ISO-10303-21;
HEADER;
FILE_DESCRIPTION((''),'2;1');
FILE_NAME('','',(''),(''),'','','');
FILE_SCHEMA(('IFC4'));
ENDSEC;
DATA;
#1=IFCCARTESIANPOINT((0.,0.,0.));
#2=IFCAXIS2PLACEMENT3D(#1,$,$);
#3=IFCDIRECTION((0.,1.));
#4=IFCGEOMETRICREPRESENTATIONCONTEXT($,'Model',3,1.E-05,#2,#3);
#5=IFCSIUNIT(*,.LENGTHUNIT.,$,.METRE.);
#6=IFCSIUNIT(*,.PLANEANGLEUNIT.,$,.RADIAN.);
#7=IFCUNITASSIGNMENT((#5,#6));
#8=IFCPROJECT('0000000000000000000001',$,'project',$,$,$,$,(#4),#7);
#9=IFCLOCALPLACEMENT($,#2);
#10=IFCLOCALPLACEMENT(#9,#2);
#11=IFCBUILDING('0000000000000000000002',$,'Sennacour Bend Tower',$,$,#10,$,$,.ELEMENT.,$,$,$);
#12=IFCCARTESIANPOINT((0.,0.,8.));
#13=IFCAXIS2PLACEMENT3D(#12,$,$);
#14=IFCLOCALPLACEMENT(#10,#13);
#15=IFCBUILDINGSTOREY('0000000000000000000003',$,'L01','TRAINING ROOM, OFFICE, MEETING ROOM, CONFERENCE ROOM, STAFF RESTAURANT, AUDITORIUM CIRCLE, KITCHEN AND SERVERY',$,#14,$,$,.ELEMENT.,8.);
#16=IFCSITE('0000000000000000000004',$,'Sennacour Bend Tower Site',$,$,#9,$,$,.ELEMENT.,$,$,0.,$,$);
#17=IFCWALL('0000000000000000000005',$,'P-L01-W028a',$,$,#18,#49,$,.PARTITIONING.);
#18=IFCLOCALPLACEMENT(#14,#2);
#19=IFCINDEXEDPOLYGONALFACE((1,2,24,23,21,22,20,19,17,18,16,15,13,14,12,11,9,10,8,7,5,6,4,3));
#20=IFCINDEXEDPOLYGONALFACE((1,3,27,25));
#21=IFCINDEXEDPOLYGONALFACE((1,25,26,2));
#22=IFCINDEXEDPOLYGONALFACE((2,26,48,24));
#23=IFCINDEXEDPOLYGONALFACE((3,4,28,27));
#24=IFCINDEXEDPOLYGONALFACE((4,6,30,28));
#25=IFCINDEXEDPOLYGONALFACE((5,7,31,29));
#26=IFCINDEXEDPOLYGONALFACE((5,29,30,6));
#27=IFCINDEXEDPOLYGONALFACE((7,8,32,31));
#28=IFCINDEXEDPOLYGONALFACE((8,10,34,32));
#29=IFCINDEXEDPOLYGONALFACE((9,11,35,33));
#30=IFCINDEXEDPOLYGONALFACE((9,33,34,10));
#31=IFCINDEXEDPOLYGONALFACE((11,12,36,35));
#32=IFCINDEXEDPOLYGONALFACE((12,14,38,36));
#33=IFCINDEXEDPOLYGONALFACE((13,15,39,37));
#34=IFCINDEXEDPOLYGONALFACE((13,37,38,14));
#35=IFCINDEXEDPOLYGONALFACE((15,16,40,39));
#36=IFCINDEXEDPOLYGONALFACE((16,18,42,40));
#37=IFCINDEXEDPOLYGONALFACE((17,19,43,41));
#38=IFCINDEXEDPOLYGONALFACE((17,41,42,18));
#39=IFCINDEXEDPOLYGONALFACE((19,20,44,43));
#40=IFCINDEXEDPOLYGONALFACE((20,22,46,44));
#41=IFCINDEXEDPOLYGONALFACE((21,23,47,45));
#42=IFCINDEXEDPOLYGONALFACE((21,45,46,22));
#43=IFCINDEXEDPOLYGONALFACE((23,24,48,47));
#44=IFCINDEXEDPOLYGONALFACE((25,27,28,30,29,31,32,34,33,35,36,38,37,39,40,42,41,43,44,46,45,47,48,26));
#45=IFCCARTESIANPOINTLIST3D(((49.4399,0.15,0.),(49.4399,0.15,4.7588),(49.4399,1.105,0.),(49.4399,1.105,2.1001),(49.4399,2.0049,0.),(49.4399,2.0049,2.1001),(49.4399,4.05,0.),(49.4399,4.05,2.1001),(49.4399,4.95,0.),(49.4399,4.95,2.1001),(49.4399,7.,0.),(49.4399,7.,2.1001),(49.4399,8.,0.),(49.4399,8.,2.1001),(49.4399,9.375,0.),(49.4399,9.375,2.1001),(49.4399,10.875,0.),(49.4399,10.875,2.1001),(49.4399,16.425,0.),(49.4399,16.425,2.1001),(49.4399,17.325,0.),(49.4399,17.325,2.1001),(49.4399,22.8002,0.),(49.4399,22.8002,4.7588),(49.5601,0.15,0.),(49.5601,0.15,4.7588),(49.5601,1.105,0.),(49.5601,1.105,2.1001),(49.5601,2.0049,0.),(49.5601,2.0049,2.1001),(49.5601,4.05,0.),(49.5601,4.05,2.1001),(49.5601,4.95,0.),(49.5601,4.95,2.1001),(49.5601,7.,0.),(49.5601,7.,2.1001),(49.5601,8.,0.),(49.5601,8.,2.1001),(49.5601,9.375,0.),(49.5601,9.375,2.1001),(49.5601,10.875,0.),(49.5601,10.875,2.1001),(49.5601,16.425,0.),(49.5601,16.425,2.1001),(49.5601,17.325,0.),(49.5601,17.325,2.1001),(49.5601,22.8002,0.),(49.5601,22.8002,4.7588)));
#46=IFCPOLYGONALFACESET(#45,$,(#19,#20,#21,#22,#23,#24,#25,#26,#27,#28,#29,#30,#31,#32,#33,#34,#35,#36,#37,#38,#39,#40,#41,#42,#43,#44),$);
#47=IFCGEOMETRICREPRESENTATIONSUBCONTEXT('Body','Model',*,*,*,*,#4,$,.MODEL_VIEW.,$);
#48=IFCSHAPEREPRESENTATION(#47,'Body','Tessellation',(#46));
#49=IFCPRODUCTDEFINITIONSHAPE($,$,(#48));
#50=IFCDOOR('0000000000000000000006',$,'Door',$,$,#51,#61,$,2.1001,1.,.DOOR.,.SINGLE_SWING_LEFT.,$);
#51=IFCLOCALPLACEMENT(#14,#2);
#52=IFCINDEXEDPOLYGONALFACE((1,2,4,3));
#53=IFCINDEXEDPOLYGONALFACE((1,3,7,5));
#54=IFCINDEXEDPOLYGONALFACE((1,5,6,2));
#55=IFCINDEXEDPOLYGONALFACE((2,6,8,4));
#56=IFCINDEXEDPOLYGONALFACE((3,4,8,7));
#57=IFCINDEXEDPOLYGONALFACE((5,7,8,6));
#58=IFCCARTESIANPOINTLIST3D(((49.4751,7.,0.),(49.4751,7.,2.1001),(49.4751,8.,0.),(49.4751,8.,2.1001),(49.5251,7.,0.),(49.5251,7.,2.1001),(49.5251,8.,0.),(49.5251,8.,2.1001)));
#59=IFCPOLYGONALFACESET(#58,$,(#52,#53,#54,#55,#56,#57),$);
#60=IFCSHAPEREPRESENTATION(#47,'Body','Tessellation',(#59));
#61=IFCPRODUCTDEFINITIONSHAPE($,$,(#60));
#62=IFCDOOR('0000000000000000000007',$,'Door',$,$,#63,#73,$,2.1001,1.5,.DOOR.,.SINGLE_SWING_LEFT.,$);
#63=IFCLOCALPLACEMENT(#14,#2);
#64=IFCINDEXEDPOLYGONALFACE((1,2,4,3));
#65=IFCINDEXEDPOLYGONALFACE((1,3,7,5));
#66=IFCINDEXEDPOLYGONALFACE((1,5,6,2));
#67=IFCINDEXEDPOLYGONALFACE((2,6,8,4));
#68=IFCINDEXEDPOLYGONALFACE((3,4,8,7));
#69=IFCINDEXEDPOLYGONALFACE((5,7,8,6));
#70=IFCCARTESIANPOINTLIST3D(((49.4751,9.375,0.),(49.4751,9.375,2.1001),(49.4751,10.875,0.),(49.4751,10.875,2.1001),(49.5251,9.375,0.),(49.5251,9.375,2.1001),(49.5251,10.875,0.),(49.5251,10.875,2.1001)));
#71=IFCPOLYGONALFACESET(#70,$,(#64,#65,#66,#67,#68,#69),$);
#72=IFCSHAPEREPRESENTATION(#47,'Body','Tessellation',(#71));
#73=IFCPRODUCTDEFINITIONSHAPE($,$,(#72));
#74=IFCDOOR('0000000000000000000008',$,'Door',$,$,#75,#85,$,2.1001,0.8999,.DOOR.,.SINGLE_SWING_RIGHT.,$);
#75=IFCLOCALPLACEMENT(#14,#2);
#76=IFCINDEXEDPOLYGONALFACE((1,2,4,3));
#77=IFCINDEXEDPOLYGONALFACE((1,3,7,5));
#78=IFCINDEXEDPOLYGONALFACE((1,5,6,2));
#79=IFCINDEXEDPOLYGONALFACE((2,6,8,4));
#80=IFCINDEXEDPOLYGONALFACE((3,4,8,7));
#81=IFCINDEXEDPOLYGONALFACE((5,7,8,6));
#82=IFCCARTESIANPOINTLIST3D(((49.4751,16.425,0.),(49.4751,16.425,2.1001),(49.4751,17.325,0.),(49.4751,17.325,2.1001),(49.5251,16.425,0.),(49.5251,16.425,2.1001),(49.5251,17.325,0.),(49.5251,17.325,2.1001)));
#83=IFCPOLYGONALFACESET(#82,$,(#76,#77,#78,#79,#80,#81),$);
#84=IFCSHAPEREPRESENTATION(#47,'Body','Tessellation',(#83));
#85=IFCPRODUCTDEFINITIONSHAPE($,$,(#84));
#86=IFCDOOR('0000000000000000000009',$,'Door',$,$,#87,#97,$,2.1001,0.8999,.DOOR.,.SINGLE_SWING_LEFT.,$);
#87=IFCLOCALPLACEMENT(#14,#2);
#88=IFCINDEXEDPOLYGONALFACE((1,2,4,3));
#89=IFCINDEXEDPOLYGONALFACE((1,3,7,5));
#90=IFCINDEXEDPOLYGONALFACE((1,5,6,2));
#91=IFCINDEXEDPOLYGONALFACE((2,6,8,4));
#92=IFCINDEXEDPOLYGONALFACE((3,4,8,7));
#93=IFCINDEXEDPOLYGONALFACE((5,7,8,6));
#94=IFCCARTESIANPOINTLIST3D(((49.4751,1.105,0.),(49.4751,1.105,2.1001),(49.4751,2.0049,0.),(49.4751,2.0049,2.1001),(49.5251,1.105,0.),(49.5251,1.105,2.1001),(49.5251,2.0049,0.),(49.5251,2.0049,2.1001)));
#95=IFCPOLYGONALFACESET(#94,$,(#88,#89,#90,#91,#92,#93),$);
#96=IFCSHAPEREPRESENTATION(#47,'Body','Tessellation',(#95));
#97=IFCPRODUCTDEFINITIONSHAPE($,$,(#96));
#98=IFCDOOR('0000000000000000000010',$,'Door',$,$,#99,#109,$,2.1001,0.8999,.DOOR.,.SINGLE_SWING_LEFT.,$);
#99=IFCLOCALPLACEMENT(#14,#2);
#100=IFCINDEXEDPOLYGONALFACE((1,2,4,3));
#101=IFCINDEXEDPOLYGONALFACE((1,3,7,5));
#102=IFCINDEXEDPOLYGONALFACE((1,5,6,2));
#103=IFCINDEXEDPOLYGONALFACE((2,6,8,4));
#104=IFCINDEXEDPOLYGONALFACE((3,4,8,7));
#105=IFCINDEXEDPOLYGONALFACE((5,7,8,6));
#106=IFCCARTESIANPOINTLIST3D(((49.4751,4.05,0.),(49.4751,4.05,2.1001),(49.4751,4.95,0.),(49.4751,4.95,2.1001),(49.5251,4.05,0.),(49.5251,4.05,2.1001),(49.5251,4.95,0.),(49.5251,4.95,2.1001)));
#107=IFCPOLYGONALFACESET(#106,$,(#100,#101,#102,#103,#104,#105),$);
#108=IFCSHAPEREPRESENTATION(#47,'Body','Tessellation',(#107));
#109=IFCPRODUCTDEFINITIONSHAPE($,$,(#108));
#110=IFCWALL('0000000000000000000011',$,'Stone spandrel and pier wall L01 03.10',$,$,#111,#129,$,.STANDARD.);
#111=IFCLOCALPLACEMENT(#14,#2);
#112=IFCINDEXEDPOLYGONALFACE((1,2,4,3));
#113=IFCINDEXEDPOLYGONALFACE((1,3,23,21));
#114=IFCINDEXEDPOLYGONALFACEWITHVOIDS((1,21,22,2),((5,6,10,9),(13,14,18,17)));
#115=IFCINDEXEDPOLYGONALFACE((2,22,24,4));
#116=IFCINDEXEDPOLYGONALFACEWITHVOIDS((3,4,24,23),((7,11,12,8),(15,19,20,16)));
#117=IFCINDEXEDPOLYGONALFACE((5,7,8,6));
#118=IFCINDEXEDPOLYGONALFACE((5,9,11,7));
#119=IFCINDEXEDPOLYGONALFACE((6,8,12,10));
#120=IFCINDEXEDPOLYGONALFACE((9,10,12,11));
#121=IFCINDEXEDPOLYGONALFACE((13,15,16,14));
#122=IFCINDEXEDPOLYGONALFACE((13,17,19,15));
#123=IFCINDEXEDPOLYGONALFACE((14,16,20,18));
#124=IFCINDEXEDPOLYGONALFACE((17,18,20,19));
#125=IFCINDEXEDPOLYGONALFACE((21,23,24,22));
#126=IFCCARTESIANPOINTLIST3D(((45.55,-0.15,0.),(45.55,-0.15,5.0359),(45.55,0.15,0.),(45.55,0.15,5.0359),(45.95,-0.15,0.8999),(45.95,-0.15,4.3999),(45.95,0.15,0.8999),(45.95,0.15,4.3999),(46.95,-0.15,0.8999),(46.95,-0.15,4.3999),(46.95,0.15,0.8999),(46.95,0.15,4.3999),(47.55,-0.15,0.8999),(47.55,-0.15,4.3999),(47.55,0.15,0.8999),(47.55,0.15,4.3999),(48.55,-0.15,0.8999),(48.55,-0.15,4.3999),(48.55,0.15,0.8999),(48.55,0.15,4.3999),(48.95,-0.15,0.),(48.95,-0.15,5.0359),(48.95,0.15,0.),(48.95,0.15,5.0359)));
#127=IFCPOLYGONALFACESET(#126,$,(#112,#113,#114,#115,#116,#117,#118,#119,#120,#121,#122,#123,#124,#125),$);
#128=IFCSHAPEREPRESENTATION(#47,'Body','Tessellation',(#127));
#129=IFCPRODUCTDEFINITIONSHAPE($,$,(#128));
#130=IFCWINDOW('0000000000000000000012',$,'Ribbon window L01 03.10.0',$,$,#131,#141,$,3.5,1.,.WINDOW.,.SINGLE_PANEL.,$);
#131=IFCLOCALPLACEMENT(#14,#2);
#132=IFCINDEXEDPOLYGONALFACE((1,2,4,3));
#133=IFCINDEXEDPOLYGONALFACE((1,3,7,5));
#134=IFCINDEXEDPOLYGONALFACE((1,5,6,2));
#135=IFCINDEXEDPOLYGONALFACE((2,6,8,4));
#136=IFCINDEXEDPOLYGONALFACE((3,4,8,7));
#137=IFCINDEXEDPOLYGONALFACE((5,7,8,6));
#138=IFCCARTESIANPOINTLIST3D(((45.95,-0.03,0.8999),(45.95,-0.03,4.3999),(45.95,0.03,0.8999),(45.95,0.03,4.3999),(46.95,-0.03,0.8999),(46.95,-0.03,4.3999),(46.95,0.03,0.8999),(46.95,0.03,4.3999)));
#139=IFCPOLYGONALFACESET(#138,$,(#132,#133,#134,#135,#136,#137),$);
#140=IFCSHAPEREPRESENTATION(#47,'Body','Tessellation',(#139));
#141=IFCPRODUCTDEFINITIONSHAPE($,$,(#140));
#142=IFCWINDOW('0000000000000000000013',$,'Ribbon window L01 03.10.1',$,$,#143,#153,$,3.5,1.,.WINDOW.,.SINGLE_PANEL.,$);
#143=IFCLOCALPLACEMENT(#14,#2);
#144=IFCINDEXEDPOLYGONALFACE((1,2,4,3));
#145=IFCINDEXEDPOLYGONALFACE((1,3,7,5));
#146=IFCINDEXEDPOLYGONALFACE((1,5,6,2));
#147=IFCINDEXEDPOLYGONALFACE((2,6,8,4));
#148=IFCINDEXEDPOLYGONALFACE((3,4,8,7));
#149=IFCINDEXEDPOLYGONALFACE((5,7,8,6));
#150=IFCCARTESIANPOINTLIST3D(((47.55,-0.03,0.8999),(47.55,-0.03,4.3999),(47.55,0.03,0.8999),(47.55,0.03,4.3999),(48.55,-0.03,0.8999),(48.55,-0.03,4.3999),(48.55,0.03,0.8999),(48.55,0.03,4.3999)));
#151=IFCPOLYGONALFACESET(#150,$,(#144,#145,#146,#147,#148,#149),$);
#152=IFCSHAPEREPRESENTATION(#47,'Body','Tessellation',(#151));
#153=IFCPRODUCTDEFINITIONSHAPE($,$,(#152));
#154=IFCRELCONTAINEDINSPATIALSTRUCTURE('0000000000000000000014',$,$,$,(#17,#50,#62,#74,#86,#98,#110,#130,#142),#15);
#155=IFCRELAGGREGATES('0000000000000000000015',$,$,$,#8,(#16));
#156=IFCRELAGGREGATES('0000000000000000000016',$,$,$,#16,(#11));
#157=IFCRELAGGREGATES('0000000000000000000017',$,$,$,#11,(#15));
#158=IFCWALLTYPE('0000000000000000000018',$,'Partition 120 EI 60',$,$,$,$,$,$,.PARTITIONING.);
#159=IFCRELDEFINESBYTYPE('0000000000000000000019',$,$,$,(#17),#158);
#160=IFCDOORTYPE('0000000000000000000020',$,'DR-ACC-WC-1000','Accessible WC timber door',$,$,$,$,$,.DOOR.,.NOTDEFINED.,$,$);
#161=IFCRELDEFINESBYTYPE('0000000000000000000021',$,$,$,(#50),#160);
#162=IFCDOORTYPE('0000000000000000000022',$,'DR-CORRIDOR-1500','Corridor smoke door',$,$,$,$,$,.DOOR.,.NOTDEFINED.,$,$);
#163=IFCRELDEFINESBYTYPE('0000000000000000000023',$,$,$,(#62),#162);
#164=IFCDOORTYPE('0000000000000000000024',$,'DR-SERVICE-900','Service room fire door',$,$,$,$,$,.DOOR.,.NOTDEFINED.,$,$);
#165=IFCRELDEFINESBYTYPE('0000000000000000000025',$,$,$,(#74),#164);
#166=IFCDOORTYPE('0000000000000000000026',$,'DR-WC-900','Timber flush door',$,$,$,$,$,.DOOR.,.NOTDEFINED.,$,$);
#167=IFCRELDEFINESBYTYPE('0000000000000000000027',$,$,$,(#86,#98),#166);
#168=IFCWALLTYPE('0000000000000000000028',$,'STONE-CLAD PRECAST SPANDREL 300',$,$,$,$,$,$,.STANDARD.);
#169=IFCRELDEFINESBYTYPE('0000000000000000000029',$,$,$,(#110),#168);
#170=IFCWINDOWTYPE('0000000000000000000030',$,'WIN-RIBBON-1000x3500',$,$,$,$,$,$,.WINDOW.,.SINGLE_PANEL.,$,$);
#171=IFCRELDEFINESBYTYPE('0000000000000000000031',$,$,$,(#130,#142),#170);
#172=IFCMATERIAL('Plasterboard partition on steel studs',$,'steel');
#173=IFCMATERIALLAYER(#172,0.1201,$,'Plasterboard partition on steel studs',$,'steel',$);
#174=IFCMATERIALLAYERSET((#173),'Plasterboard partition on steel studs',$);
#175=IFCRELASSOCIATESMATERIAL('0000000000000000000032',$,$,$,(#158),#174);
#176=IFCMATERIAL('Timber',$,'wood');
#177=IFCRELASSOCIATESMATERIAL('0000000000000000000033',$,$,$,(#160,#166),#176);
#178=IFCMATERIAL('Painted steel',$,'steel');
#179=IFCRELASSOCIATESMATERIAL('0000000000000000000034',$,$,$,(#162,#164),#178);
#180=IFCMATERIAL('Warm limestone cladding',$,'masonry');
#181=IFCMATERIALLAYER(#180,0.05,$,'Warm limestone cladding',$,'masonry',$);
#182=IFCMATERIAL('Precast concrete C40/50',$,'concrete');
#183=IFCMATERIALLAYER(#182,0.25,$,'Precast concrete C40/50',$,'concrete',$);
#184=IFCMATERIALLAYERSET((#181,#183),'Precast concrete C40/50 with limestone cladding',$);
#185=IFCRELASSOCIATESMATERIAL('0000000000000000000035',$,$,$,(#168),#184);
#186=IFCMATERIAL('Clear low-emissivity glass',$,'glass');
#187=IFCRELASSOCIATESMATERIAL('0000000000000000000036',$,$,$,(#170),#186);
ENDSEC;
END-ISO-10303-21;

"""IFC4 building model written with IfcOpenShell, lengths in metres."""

from ifc_helpers import new_model, si_unit, direction, frame, frame_2d, origin, place, context, subcontext, project, spatial, rectangle, extrude, material, layer, layer_set, type_object, element, fill, save


model = new_model("IFC4")

# Units and contexts
model_context = context("Model", 3, precision=1e-05, world=origin(), true_north=direction((0.0, 1.0)))
body_context = subcontext(model_context, "Body", "Model", "MODEL_VIEW")
ifc_project = project(units=[si_unit("LENGTHUNIT", "METRE"), si_unit("PLANEANGLEUNIT", "RADIAN")], contexts=[model_context])

# Site, building, storey
site_placement = place(None, origin())
site = spatial("IfcSite", under=ifc_project, at=site_placement, Name="Sennacour Bend Tower Site", CompositionType="ELEMENT", RefElevation=0.0)
building_placement = place(site_placement, origin())
building = spatial("IfcBuilding", under=site, at=building_placement, Name="Sennacour Bend Tower", CompositionType="ELEMENT")
storey_placement = place(building_placement, frame((0.0, 0.0, 8.0)))
storey = spatial("IfcBuildingStorey", under=building, at=storey_placement, Name="L01", Description="TRAINING ROOM, OFFICE, MEETING ROOM, CONFERENCE ROOM, STAFF RESTAURANT, AUDITORIUM CIRCLE, KITCHEN AND SERVERY", CompositionType="ELEMENT", Elevation=8.0)

# Wall, openings, doors
ifc_material_1 = material(Name="Painted steel", Category="steel")
ifc_material_2 = material(Name="Plasterboard partition on steel studs", Category="steel")
ifc_layer_1 = layer(ifc_material_2, 0.1201, Name="Plasterboard partition on steel studs", Category="steel")
ifc_layer_set_1 = layer_set([ifc_layer_1], Name="Plasterboard partition on steel studs")
wall_type_1 = type_object("IfcWallType", Name="Partition 120 EI 60", PredefinedType="PARTITIONING", material=ifc_layer_set_1)
wall_1_placement = place(storey_placement, frame((49.5, 0.1499, 0.0), z_axis=(0.0, 0.0, 1.0), x_axis=(0.0, 1.0, 0.0)))
wall_1 = element("IfcWall", 1, at=wall_1_placement, inside=storey, type_object=wall_type_1, Name="P-L01-W028a", PredefinedType="PARTITIONING", context=body_context, shape_type="SweptSolid", body=[
    extrude(rectangle(XDim=22.6501, YDim=0.1201, at=frame_2d((11.3252, 0.0))), origin(), (0.0, 0.0, 1.0), 4.7588),
])
opening_1_placement = place(wall_1_placement, frame((0.9551, 0.0, 0.0)))
opening_1 = element("IfcOpeningElement", 2, at=opening_1_placement, cuts=wall_1, PredefinedType="OPENING", context=body_context, shape_type="SweptSolid", body=[
    extrude(rectangle(XDim=0.8999, YDim=2.1001, at=frame_2d((0.45, 1.05))), frame((0.0, 0.0701, 0.0), z_axis=(0.0, -1.0, 0.0), x_axis=(1.0, 0.0, 0.0)), (0.0, 0.0, 1.0), 0.1401),
])
opening_2_placement = place(wall_1_placement, frame((3.9001, 0.0, 0.0)))
opening_2 = element("IfcOpeningElement", 3, at=opening_2_placement, cuts=wall_1, PredefinedType="OPENING", context=body_context, shape_type="SweptSolid", body=[
    extrude(rectangle(XDim=0.8999, YDim=2.1001, at=frame_2d((0.45, 1.05))), frame((0.0, 0.0701, 0.0), z_axis=(0.0, -1.0, 0.0), x_axis=(1.0, 0.0, 0.0)), (0.0, 0.0, 1.0), 0.1401),
])
opening_3_placement = place(wall_1_placement, frame((6.8501, 0.0, 0.0)))
opening_3 = element("IfcOpeningElement", 4, at=opening_3_placement, cuts=wall_1, PredefinedType="OPENING", context=body_context, shape_type="SweptSolid", body=[
    extrude(rectangle(XDim=1.0, YDim=2.1001, at=frame_2d((0.5, 1.05))), frame((0.0, 0.0701, 0.0), z_axis=(0.0, -1.0, 0.0), x_axis=(1.0, 0.0, 0.0)), (0.0, 0.0, 1.0), 0.1401),
])
opening_4_placement = place(wall_1_placement, frame((16.2751, 0.0, 0.0)))
opening_4 = element("IfcOpeningElement", 5, at=opening_4_placement, cuts=wall_1, PredefinedType="OPENING", context=body_context, shape_type="SweptSolid", body=[
    extrude(rectangle(XDim=0.8999, YDim=2.1001, at=frame_2d((0.45, 1.05))), frame((0.0, 0.0701, 0.0), z_axis=(0.0, -1.0, 0.0), x_axis=(1.0, 0.0, 0.0)), (0.0, 0.0, 1.0), 0.1401),
])
opening_5_placement = place(wall_1_placement, frame((9.2251, 0.0, 0.0)))
opening_5 = element("IfcOpeningElement", 6, at=opening_5_placement, cuts=wall_1, PredefinedType="OPENING", context=body_context, shape_type="SweptSolid", body=[
    extrude(rectangle(XDim=1.5, YDim=2.1001, at=frame_2d((0.75, 1.05))), frame((0.0, 0.0701, 0.0), z_axis=(0.0, -1.0, 0.0), x_axis=(1.0, 0.0, 0.0)), (0.0, 0.0, 1.0), 0.1401),
])
ifc_material_3 = material(Name="Timber", Category="wood")
door_type_1 = type_object("IfcDoorType", Name="DR-ACC-WC-1000", Description="Accessible WC timber door", OperationType="NOTDEFINED", PredefinedType="DOOR", material=ifc_material_3)
door_1_placement = place(opening_3_placement, origin())
door_1 = element("IfcDoor", 7, at=door_1_placement, inside=storey, type_object=door_type_1, Name="Door", OperationType="SINGLE_SWING_LEFT", OverallHeight=2.1001, OverallWidth=1.0, PredefinedType="DOOR", context=body_context, shape_type="SweptSolid", body=[
    extrude(rectangle(XDim=1.0, YDim=2.1001, at=frame_2d((0.5, 1.05))), frame((0.0, 0.0249, 0.0), z_axis=(0.0, -1.0, 0.0), x_axis=(1.0, 0.0, 0.0)), (0.0, 0.0, 1.0), 0.05),
])
fill(opening_3, door_1)
door_type_2 = type_object("IfcDoorType", Name="DR-CORRIDOR-1500", Description="Corridor smoke door", OperationType="NOTDEFINED", PredefinedType="DOOR", material=ifc_material_1)
door_2_placement = place(opening_5_placement, origin())
door_2 = element("IfcDoor", 8, at=door_2_placement, inside=storey, type_object=door_type_2, Name="Door", OperationType="SINGLE_SWING_LEFT", OverallHeight=2.1001, OverallWidth=1.5, PredefinedType="DOOR", context=body_context, shape_type="SweptSolid", body=[
    extrude(rectangle(XDim=1.5, YDim=2.1001, at=frame_2d((0.75, 1.05))), frame((0.0, 0.0249, 0.0), z_axis=(0.0, -1.0, 0.0), x_axis=(1.0, 0.0, 0.0)), (0.0, 0.0, 1.0), 0.05),
])
fill(opening_5, door_2)
door_type_3 = type_object("IfcDoorType", Name="DR-SERVICE-900", Description="Service room fire door", OperationType="NOTDEFINED", PredefinedType="DOOR", material=ifc_material_1)
door_3_placement = place(opening_4_placement, origin())
door_3 = element("IfcDoor", 9, at=door_3_placement, inside=storey, type_object=door_type_3, Name="Door", OperationType="SINGLE_SWING_RIGHT", OverallHeight=2.1001, OverallWidth=0.8999, PredefinedType="DOOR", context=body_context, shape_type="SweptSolid", body=[
    extrude(rectangle(XDim=0.8999, YDim=2.1001, at=frame_2d((0.45, 1.05))), frame((0.0, 0.0249, 0.0), z_axis=(0.0, -1.0, 0.0), x_axis=(1.0, 0.0, 0.0)), (0.0, 0.0, 1.0), 0.05),
])
fill(opening_4, door_3)
door_type_4 = type_object("IfcDoorType", Name="DR-WC-900", Description="Timber flush door", OperationType="NOTDEFINED", PredefinedType="DOOR", material=ifc_material_3)
door_4_placement = place(opening_1_placement, origin())
door_4 = element("IfcDoor", 10, at=door_4_placement, inside=storey, type_object=door_type_4, Name="Door", OperationType="SINGLE_SWING_LEFT", OverallHeight=2.1001, OverallWidth=0.8999, PredefinedType="DOOR", context=body_context, shape_type="SweptSolid", body=[
    extrude(rectangle(XDim=0.8999, YDim=2.1001, at=frame_2d((0.45, 1.05))), frame((0.0, 0.0249, 0.0), z_axis=(0.0, -1.0, 0.0), x_axis=(1.0, 0.0, 0.0)), (0.0, 0.0, 1.0), 0.05),
])
fill(opening_1, door_4)
door_5_placement = place(opening_2_placement, origin())
door_5 = element("IfcDoor", 11, at=door_5_placement, inside=storey, type_object=door_type_4, Name="Door", OperationType="SINGLE_SWING_LEFT", OverallHeight=2.1001, OverallWidth=0.8999, PredefinedType="DOOR", context=body_context, shape_type="SweptSolid", body=[
    extrude(rectangle(XDim=0.8999, YDim=2.1001, at=frame_2d((0.45, 1.05))), frame((0.0, 0.0249, 0.0), z_axis=(0.0, -1.0, 0.0), x_axis=(1.0, 0.0, 0.0)), (0.0, 0.0, 1.0), 0.05),
])
fill(opening_2, door_5)

# Wall, openings, windows
ifc_material_4 = material(Name="Warm limestone cladding", Category="masonry")
ifc_layer_2 = layer(ifc_material_4, 0.05, Name="Warm limestone cladding", Category="masonry")
ifc_material_5 = material(Name="Precast concrete C40/50", Category="concrete")
ifc_layer_3 = layer(ifc_material_5, 0.25, Name="Precast concrete C40/50", Category="concrete")
ifc_layer_set_2 = layer_set([ifc_layer_2, ifc_layer_3], Name="Precast concrete C40/50 with limestone cladding")
wall_type_2 = type_object("IfcWallType", Name="STONE-CLAD PRECAST SPANDREL 300", PredefinedType="STANDARD", material=ifc_layer_set_2)
wall_2_placement = place(storey_placement, frame((45.55, 0.0, 0.0), z_axis=(0.0, 0.0, 1.0), x_axis=(1.0, 0.0, 0.0)))
wall_2 = element("IfcWall", 12, at=wall_2_placement, inside=storey, type_object=wall_type_2, Name="Stone spandrel and pier wall L01 03.10", PredefinedType="STANDARD", context=body_context, shape_type="SweptSolid", body=[
    extrude(rectangle(XDim=3.3999, YDim=0.3, at=frame_2d((1.7, 0.0))), origin(), (0.0, 0.0, 1.0), 5.0359),
])
opening_6_placement = place(wall_2_placement, frame((0.3999, 0.0, 0.8999)))
opening_6 = element("IfcOpeningElement", 13, at=opening_6_placement, cuts=wall_2, PredefinedType="OPENING", context=body_context, shape_type="SweptSolid", body=[
    extrude(rectangle(XDim=1.0, YDim=3.5, at=frame_2d((0.5, 1.75))), frame((0.0, 0.1602, 0.0), z_axis=(0.0, -1.0, 0.0), x_axis=(1.0, 0.0, 0.0)), (0.0, 0.0, 1.0), 0.3201),
])
opening_7_placement = place(wall_2_placement, frame((2.0, 0.0, 0.8999)))
opening_7 = element("IfcOpeningElement", 14, at=opening_7_placement, cuts=wall_2, PredefinedType="OPENING", context=body_context, shape_type="SweptSolid", body=[
    extrude(rectangle(XDim=1.0, YDim=3.5, at=frame_2d((0.5, 1.75))), frame((0.0, 0.1602, 0.0), z_axis=(0.0, -1.0, 0.0), x_axis=(1.0, 0.0, 0.0)), (0.0, 0.0, 1.0), 0.3201),
])
ifc_material_6 = material(Name="Clear low-emissivity glass", Category="glass")
window_type_1 = type_object("IfcWindowType", Name="WIN-RIBBON-1000x3500", PartitioningType="SINGLE_PANEL", PredefinedType="WINDOW", material=ifc_material_6)
window_1_placement = place(opening_6_placement, origin())
window_1 = element("IfcWindow", 15, at=window_1_placement, inside=storey, type_object=window_type_1, Name="Ribbon window L01 03.10.0", OverallHeight=3.5, OverallWidth=1.0, PartitioningType="SINGLE_PANEL", PredefinedType="WINDOW", context=body_context, shape_type="SweptSolid", body=[
    extrude(rectangle(XDim=1.0, YDim=3.5, at=frame_2d((0.5, 1.75))), frame((0.0, 0.03, 0.0), z_axis=(0.0, -1.0, 0.0), x_axis=(1.0, 0.0, 0.0)), (0.0, 0.0, 1.0), 0.0601),
])
fill(opening_6, window_1)
window_2_placement = place(opening_7_placement, origin())
window_2 = element("IfcWindow", 16, at=window_2_placement, inside=storey, type_object=window_type_1, Name="Ribbon window L01 03.10.1", OverallHeight=3.5, OverallWidth=1.0, PartitioningType="SINGLE_PANEL", PredefinedType="WINDOW", context=body_context, shape_type="SweptSolid", body=[
    extrude(rectangle(XDim=1.0, YDim=3.5, at=frame_2d((0.5, 1.75))), frame((0.0, 0.03, 0.0), z_axis=(0.0, -1.0, 0.0), x_axis=(1.0, 0.0, 0.0)), (0.0, 0.0, 1.0), 0.0601),
])
fill(opening_7, window_2)

save(model, "model.ifc")
